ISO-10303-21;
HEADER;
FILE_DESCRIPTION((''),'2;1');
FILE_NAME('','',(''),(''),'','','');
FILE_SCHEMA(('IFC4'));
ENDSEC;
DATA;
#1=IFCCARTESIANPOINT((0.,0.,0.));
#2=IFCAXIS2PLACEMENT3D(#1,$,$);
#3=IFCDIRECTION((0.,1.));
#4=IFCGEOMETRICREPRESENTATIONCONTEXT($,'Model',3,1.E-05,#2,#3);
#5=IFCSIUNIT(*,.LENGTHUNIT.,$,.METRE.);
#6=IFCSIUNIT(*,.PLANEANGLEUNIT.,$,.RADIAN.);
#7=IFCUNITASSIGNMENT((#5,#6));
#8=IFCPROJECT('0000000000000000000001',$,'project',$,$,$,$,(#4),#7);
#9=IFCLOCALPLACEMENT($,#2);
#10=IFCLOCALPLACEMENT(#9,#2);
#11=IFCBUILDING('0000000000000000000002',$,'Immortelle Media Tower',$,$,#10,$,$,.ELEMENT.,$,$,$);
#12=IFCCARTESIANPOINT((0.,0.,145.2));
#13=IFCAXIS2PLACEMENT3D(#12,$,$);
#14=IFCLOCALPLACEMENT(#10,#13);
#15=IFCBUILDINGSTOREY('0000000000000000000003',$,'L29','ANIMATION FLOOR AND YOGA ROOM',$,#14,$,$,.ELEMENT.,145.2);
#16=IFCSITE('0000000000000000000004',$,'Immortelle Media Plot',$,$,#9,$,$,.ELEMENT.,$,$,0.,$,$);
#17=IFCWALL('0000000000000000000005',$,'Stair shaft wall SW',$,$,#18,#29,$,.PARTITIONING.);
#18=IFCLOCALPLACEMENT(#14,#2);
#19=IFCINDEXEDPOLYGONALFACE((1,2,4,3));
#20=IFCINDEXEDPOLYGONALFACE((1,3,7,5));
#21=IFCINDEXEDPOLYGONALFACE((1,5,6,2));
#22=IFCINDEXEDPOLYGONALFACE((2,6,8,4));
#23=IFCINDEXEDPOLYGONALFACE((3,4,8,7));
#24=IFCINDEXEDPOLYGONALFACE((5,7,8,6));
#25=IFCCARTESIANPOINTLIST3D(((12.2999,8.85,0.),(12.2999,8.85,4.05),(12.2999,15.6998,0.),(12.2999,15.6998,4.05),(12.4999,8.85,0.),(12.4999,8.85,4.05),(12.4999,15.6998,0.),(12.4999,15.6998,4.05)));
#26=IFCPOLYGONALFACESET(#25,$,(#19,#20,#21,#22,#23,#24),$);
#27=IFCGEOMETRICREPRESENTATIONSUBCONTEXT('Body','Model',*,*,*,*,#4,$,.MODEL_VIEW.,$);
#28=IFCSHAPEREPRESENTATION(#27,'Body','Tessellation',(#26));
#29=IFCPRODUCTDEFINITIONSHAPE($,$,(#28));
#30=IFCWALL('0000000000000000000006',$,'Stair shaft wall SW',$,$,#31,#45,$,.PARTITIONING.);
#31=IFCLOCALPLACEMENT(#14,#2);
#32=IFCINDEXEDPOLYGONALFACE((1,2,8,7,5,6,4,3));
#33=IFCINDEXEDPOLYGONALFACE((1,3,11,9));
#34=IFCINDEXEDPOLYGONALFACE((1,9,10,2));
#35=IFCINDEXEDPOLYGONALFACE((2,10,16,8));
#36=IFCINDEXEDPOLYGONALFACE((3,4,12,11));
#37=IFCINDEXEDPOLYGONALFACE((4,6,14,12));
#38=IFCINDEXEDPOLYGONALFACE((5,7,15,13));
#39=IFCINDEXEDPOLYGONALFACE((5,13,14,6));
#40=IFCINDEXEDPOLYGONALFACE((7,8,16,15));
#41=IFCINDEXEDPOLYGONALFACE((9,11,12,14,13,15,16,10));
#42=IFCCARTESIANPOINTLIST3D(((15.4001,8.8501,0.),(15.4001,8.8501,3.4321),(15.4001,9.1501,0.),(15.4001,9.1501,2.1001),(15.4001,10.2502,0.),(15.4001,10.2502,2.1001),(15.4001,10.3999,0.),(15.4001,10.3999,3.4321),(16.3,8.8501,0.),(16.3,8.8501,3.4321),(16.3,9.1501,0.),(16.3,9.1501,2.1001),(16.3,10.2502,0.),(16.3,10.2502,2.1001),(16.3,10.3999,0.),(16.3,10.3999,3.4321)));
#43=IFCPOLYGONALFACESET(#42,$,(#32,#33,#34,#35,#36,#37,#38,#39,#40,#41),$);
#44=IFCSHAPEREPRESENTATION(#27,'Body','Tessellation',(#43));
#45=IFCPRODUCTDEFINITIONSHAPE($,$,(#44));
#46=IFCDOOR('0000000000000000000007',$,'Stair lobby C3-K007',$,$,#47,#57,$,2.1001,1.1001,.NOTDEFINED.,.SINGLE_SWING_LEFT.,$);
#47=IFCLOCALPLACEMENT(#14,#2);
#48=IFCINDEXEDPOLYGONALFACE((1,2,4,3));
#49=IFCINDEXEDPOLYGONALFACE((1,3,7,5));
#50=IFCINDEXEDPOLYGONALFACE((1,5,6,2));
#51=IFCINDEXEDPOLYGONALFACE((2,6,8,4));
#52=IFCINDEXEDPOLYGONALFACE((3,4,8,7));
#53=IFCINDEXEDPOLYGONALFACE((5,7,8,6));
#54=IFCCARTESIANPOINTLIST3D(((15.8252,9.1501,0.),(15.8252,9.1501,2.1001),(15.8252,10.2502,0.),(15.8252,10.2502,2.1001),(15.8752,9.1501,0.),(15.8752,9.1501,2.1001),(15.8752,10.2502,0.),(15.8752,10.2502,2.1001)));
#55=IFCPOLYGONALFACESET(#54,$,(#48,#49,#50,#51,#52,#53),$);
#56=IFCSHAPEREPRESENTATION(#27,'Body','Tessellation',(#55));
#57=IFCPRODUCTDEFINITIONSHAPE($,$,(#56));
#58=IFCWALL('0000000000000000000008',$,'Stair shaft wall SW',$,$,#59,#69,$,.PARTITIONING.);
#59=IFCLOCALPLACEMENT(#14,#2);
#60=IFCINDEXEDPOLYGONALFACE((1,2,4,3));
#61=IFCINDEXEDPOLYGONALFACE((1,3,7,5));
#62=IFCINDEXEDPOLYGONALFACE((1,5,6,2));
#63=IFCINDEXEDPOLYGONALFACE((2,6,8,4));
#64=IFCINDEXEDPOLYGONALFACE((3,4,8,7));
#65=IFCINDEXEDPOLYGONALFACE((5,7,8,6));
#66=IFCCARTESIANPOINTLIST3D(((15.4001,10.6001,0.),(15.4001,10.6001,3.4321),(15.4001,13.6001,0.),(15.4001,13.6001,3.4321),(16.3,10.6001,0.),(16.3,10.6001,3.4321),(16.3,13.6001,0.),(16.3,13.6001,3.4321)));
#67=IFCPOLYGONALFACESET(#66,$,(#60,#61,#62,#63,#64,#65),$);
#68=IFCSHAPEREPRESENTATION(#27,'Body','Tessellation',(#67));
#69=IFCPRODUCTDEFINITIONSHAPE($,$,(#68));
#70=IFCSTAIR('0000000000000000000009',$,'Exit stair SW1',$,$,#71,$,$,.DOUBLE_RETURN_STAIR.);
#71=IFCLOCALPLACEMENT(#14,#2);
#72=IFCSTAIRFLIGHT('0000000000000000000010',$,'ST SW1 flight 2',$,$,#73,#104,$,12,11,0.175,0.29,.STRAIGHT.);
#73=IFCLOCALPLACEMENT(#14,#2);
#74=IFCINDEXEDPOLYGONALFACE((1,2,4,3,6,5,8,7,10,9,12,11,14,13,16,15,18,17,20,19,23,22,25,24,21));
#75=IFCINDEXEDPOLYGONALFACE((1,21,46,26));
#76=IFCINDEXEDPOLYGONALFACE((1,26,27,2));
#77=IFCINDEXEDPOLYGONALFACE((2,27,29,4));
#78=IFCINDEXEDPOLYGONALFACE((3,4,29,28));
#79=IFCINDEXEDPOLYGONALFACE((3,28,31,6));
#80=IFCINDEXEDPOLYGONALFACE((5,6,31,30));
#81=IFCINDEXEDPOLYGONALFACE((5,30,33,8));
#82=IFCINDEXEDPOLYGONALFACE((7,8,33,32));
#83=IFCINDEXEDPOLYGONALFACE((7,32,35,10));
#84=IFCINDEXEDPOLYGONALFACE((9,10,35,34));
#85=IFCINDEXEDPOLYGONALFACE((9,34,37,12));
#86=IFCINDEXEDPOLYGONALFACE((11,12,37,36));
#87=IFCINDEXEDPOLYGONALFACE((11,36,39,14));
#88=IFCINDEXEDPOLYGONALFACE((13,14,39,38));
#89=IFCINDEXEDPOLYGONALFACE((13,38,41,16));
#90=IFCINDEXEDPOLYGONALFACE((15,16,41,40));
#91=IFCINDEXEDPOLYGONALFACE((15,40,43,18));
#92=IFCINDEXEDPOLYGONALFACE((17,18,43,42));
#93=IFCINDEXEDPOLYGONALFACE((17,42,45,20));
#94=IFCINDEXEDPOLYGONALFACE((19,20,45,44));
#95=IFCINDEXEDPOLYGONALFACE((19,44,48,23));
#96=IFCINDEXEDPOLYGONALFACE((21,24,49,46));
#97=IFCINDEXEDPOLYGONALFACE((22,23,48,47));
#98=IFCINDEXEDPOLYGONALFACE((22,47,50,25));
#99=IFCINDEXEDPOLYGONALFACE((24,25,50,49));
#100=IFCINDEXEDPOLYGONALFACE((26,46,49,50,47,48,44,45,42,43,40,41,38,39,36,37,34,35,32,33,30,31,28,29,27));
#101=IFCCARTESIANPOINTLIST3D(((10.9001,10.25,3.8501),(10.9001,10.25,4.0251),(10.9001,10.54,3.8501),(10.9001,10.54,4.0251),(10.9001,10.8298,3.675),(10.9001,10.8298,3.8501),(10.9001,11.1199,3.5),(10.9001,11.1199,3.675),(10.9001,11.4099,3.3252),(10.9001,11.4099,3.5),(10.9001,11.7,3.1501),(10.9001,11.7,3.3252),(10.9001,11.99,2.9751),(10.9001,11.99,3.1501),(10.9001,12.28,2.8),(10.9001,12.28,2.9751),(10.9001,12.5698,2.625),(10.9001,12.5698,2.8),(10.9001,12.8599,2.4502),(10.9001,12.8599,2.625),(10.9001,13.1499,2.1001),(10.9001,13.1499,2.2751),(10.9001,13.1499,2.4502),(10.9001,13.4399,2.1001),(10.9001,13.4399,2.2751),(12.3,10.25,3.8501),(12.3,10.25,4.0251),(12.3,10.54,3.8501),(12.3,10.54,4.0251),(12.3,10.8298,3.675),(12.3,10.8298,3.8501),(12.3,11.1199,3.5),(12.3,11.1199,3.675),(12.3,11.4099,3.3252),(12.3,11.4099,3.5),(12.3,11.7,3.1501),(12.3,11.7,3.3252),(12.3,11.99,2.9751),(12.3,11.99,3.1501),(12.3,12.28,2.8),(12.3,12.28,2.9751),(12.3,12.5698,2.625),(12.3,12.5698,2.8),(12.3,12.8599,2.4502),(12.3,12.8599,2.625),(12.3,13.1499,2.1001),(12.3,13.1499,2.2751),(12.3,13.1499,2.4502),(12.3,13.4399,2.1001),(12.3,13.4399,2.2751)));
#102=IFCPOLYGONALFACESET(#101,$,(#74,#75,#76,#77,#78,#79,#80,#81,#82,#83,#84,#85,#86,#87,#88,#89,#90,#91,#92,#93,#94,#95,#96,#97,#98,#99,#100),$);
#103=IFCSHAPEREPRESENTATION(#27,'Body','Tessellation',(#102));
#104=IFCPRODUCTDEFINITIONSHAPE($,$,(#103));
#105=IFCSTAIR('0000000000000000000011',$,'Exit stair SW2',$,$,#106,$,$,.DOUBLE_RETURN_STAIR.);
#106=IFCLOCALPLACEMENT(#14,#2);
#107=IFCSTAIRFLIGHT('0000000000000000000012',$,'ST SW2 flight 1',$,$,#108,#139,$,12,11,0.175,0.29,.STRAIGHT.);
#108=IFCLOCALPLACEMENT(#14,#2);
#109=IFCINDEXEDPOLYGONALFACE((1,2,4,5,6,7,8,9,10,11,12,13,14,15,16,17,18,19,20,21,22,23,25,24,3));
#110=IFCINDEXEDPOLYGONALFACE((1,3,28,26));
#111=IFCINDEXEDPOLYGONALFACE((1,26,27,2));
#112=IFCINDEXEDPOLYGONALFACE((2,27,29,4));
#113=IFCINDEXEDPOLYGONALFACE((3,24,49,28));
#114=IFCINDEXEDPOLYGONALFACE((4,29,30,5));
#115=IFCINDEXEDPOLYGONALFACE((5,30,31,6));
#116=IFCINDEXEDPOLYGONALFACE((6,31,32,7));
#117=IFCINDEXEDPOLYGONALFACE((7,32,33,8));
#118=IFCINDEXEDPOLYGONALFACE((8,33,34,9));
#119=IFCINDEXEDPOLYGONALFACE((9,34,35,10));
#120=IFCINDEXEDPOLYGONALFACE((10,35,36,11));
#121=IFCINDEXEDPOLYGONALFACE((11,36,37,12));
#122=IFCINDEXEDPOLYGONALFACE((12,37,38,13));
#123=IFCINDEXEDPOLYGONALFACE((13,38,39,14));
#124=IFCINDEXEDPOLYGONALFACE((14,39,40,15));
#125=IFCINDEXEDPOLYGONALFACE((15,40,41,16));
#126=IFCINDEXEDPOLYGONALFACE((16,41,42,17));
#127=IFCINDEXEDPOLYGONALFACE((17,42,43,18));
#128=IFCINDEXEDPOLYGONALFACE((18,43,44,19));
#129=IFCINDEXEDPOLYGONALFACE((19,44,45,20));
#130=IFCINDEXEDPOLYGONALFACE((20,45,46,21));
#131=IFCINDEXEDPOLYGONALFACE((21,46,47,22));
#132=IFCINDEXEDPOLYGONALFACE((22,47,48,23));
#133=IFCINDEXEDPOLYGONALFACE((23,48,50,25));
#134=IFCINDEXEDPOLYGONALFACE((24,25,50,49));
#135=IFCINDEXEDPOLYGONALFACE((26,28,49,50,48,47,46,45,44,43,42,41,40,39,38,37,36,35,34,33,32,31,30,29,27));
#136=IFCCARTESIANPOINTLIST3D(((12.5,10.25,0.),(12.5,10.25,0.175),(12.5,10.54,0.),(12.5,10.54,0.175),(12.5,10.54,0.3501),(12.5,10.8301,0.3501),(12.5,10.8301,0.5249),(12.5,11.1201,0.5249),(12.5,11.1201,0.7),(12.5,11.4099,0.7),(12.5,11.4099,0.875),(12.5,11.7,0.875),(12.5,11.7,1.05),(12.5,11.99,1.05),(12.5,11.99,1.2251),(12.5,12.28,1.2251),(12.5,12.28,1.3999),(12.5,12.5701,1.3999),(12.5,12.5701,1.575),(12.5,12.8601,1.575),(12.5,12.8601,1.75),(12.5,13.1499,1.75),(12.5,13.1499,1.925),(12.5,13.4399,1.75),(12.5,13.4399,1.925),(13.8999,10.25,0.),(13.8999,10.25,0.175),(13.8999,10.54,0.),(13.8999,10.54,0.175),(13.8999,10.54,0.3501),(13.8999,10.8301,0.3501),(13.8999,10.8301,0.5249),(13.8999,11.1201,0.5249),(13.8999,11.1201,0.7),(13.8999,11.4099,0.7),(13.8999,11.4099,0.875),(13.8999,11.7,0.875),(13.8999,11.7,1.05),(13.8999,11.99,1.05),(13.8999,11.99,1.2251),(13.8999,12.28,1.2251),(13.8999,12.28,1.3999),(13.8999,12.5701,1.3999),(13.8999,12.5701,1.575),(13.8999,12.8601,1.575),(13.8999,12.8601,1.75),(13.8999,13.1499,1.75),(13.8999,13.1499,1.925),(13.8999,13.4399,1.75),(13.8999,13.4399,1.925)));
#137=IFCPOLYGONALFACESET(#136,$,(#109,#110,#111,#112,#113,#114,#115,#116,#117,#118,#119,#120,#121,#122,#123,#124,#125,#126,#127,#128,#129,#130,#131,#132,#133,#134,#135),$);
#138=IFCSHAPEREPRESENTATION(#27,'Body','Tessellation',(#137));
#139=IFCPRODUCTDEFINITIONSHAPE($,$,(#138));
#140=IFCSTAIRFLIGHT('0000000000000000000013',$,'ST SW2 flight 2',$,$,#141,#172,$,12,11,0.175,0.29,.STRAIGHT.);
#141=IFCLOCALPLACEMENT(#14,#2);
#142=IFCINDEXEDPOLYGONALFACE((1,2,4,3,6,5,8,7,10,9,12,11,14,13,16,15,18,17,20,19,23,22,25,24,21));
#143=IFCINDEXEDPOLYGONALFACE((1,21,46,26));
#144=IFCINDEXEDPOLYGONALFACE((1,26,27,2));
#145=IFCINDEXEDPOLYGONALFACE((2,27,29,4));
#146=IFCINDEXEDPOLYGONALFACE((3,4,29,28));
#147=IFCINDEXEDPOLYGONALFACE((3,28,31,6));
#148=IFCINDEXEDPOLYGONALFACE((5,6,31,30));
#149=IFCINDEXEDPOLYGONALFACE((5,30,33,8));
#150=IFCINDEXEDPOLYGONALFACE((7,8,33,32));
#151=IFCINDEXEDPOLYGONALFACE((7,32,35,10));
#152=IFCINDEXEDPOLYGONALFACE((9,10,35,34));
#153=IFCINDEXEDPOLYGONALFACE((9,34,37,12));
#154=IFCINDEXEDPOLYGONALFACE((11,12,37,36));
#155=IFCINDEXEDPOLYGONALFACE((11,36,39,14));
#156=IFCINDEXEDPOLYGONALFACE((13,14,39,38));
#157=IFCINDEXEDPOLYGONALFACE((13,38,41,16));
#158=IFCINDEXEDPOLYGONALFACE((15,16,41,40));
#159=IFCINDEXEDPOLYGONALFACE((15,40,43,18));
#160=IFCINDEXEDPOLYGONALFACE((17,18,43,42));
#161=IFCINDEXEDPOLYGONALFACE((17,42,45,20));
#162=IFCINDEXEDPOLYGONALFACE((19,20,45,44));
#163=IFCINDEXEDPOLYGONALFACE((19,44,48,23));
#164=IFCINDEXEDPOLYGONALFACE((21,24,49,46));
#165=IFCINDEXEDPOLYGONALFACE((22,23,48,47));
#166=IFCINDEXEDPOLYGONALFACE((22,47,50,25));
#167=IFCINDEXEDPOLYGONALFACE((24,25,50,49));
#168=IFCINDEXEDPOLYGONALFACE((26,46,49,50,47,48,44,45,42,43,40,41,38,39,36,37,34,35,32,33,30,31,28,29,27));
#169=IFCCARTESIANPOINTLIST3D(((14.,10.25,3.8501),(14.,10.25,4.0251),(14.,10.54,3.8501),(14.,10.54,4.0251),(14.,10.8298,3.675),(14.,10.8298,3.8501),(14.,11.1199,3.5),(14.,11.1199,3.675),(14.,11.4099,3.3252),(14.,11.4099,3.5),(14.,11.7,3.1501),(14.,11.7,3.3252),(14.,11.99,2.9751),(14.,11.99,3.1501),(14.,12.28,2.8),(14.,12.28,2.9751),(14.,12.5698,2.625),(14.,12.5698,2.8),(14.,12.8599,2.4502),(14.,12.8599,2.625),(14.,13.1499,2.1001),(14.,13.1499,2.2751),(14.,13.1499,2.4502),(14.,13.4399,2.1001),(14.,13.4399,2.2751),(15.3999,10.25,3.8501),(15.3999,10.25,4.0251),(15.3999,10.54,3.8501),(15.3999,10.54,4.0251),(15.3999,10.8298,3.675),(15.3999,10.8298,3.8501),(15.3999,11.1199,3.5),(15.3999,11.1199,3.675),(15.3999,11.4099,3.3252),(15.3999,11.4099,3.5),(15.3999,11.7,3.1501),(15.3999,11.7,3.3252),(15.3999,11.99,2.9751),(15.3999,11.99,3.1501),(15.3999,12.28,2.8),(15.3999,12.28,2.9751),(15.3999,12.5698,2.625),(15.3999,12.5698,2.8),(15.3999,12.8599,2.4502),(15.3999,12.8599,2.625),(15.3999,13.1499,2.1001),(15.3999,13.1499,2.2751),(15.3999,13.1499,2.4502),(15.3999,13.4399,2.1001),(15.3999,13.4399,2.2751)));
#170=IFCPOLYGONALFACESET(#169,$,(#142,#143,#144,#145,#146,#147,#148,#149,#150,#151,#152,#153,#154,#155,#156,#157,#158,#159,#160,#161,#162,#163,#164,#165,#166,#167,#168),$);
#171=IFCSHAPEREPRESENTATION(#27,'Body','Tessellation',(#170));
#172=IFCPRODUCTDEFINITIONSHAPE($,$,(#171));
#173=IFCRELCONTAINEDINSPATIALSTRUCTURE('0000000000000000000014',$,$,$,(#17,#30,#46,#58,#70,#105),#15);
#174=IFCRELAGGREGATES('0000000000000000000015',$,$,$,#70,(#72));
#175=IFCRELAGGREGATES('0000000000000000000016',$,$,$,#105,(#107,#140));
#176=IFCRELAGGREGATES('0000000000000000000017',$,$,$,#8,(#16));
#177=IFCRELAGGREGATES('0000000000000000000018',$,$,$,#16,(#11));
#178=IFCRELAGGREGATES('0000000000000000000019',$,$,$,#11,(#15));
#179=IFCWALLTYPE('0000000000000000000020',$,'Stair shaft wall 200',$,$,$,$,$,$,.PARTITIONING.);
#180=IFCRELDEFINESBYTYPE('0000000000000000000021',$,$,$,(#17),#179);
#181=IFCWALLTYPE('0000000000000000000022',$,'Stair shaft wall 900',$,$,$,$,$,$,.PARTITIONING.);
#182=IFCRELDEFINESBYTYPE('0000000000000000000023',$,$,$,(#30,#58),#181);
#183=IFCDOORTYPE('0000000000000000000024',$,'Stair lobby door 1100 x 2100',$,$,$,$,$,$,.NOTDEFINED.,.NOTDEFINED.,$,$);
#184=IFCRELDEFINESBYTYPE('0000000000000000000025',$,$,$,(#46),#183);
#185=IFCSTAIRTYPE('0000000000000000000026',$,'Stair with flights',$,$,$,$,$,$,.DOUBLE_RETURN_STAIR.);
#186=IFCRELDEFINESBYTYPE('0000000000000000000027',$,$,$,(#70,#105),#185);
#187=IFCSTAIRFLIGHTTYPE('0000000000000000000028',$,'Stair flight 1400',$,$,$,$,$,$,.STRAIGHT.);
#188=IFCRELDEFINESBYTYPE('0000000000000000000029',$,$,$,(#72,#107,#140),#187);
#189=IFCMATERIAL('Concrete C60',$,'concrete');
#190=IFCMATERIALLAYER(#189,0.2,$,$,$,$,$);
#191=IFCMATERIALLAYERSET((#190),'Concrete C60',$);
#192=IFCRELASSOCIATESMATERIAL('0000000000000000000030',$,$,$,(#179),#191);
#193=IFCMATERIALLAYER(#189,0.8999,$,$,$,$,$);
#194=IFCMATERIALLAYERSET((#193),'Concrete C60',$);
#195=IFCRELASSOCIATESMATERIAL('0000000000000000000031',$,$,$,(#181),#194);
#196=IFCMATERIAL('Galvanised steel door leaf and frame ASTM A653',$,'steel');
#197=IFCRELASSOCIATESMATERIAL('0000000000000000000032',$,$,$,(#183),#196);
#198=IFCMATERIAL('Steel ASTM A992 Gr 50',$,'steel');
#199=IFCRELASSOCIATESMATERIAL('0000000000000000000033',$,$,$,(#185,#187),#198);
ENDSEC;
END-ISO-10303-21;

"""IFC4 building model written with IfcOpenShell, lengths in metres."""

from ifc_helpers import new_model, si_unit, direction, frame, frame_2d, origin, place, context, subcontext, project, spatial, polyline, rectangle, outline, extrude, material, layer, layer_set, type_object, element, fill, aggregate, save


model = new_model("IFC4")

# Units and contexts
model_context = context("Model", 3, precision=1e-05, world=origin(), true_north=direction((0.0, 1.0)))
body_context = subcontext(model_context, "Body", "Model", "MODEL_VIEW")
ifc_project = project(units=[si_unit("LENGTHUNIT", "METRE"), si_unit("PLANEANGLEUNIT", "RADIAN")], contexts=[model_context])

# Site, building, storey
site_placement = place(None, origin())
site = spatial("IfcSite", under=ifc_project, at=site_placement, Name="Immortelle Media Plot", CompositionType="ELEMENT", RefElevation=0.0)
building_placement = place(site_placement, origin())
building = spatial("IfcBuilding", under=site, at=building_placement, Name="Immortelle Media Tower", CompositionType="ELEMENT")
storey_placement = place(building_placement, frame((0.0, 0.0, 145.2)))
storey = spatial("IfcBuildingStorey", under=building, at=storey_placement, Name="L29", Description="ANIMATION FLOOR AND YOGA ROOM", CompositionType="ELEMENT", Elevation=145.2)

# Shared definitions
ifc_material_1 = material(Name="Steel ASTM A992 Gr 50", Category="steel")

# Wall
ifc_material_2 = material(Name="Concrete C60", Category="concrete")
ifc_layer_1 = layer(ifc_material_2, 0.2)
ifc_layer_set_1 = layer_set([ifc_layer_1], Name="Concrete C60")
wall_type_1 = type_object("IfcWallType", Name="Stair shaft wall 200", PredefinedType="PARTITIONING", material=ifc_layer_set_1)
wall_1_placement = place(storey_placement, frame((12.3999, 8.8501, 0.0), z_axis=(0.0, 0.0, 1.0), x_axis=(0.0, 1.0, 0.0)))
element("IfcWall", 1, at=wall_1_placement, inside=storey, type_object=wall_type_1, Name="Stair shaft wall SW", PredefinedType="PARTITIONING", context=body_context, shape_type="SweptSolid", body=[
    extrude(rectangle(XDim=6.8499, YDim=0.2, at=frame_2d((3.4248, 0.0))), origin(), (0.0, 0.0, 1.0), 4.05),
])

# Wall, opening, door
ifc_layer_2 = layer(ifc_material_2, 0.8999)
ifc_layer_set_2 = layer_set([ifc_layer_2], Name="Concrete C60")
wall_type_2 = type_object("IfcWallType", Name="Stair shaft wall 900", PredefinedType="PARTITIONING", material=ifc_layer_set_2)
wall_2_placement = place(storey_placement, frame((15.8501, 8.8501, 0.0), z_axis=(0.0, 0.0, 1.0), x_axis=(0.0, 1.0, 0.0)))
wall_2 = element("IfcWall", 2, at=wall_2_placement, inside=storey, type_object=wall_type_2, Name="Stair shaft wall SW", PredefinedType="PARTITIONING", context=body_context, shape_type="SweptSolid", body=[
    extrude(rectangle(XDim=1.5498, YDim=0.8999, at=frame_2d((0.7749, 0.0))), origin(), (0.0, 0.0, 1.0), 3.4321),
])
opening_1_placement = place(wall_2_placement, frame((0.3, 0.0, 0.0)))
opening_1 = element("IfcOpeningElement", 3, at=opening_1_placement, cuts=wall_2, PredefinedType="OPENING", context=body_context, shape_type="SweptSolid", body=[
    extrude(rectangle(XDim=1.1001, YDim=2.1001, at=frame_2d((0.55, 1.05))), frame((0.0, 0.46, 0.0), z_axis=(0.0, -1.0, 0.0), x_axis=(1.0, 0.0, 0.0)), (0.0, 0.0, 1.0), 0.9199),
])
ifc_material_3 = material(Name="Galvanised steel door leaf and frame ASTM A653", Category="steel")
door_type_1 = type_object("IfcDoorType", Name="Stair lobby door 1100 x 2100", OperationType="NOTDEFINED", PredefinedType="NOTDEFINED", material=ifc_material_3)
door_1_placement = place(opening_1_placement, origin())
door_1 = element("IfcDoor", 4, at=door_1_placement, inside=storey, type_object=door_type_1, Name="Stair lobby C3-K007", OperationType="SINGLE_SWING_LEFT", OverallHeight=2.1001, OverallWidth=1.1001, PredefinedType="NOTDEFINED", context=body_context, shape_type="SweptSolid", body=[
    extrude(rectangle(XDim=1.1001, YDim=2.1001, at=frame_2d((0.55, 1.05))), frame((0.0, 0.0249, 0.0), z_axis=(0.0, -1.0, 0.0), x_axis=(1.0, 0.0, 0.0)), (0.0, 0.0, 1.0), 0.05),
])
fill(opening_1, door_1)

# Wall
wall_3_placement = place(storey_placement, frame((15.8501, 10.6001, 0.0), z_axis=(0.0, 0.0, 1.0), x_axis=(0.0, 1.0, 0.0)))
element("IfcWall", 5, at=wall_3_placement, inside=storey, type_object=wall_type_2, Name="Stair shaft wall SW", PredefinedType="PARTITIONING", context=body_context, shape_type="SweptSolid", body=[
    extrude(rectangle(XDim=3.0, YDim=0.8999, at=frame_2d((1.5, 0.0))), origin(), (0.0, 0.0, 1.0), 3.4321),
])

# Stair, stair flight
stair_type = type_object("IfcStairType", Name="Stair with flights", PredefinedType="DOUBLE_RETURN_STAIR", material=ifc_material_1)
stair_1_placement = place(storey_placement, origin())
stair_1 = element("IfcStair", 6, at=stair_1_placement, inside=storey, type_object=stair_type, Name="Exit stair SW1", PredefinedType="DOUBLE_RETURN_STAIR")
stair_flight_type = type_object("IfcStairFlightType", Name="Stair flight 1400", PredefinedType="STRAIGHT", material=ifc_material_1)
stair_flight_1_placement = place(storey_placement, frame((11.6001, 13.4399, 2.1001), z_axis=(0.0, 0.0, 1.0), x_axis=(0.0, -1.0, 0.0)))
stair_flight_1 = element("IfcStairFlight", 7, at=stair_flight_1_placement, type_object=stair_flight_type, Name="ST SW1 flight 2", NumberOfRisers=12, NumberOfTreads=11, PredefinedType="STRAIGHT", RiserHeight=0.175, TreadLength=0.29, context=body_context, shape_type="SweptSolid", body=[
    extrude(outline(polyline([(0.0, 0.0), (0.0, 0.175), (0.29, 0.175), (0.29, 0.3501), (0.5801, 0.3501), (0.5801, 0.5249), (0.8701, 0.5249), (0.8701, 0.7), (1.1599, 0.7), (1.1599, 0.875), (1.45, 0.875), (1.45, 1.05), (1.74, 1.05), (1.74, 1.2251), (2.03, 1.2251), (2.03, 1.3999), (2.3201, 1.3999), (2.3201, 1.575), (2.6101, 1.575), (2.6101, 1.75), (2.8999, 1.75), (2.8999, 1.925), (3.1899, 1.925), (3.1899, 2.1001), (3.1899, 1.75), (0.29, 0.0), (0.0, 0.0)])), frame((0.0, 0.7, 0.0), z_axis=(0.0, -1.0, 0.0), x_axis=(1.0, 0.0, 0.0)), (0.0, 0.0, 1.0), 1.3999),
])
aggregate(stair_1, [stair_flight_1])

# Stair, stair flights
stair_2_placement = place(storey_placement, origin())
stair_2 = element("IfcStair", 8, at=stair_2_placement, inside=storey, type_object=stair_type, Name="Exit stair SW2", PredefinedType="DOUBLE_RETURN_STAIR")
stair_flight_2_placement = place(storey_placement, frame((13.2, 10.25, 0.0), z_axis=(0.0, 0.0, 1.0), x_axis=(0.0, 1.0, 0.0)))
stair_flight_2 = element("IfcStairFlight", 9, at=stair_flight_2_placement, type_object=stair_flight_type, Name="ST SW2 flight 1", NumberOfRisers=12, NumberOfTreads=11, PredefinedType="STRAIGHT", RiserHeight=0.175, TreadLength=0.29, context=body_context, shape_type="SweptSolid", body=[
    extrude(outline(polyline([(0.0, 0.0), (0.0, 0.175), (0.29, 0.175), (0.29, 0.3501), (0.5801, 0.3501), (0.5801, 0.5249), (0.8701, 0.5249), (0.8701, 0.7), (1.1599, 0.7), (1.1599, 0.875), (1.45, 0.875), (1.45, 1.05), (1.74, 1.05), (1.74, 1.2251), (2.03, 1.2251), (2.03, 1.3999), (2.3201, 1.3999), (2.3201, 1.575), (2.6101, 1.575), (2.6101, 1.75), (2.8999, 1.75), (2.8999, 1.925), (3.1899, 1.925), (3.1899, 2.1001), (3.1899, 1.75), (0.29, 0.0), (0.0, 0.0)])), frame((0.0, 0.7, 0.0), z_axis=(0.0, -1.0, 0.0), x_axis=(1.0, 0.0, 0.0)), (0.0, 0.0, 1.0), 1.3999),
])
stair_flight_3_placement = place(storey_placement, frame((14.7, 13.4399, 2.1001), z_axis=(0.0, 0.0, 1.0), x_axis=(0.0, -1.0, 0.0)))
stair_flight_3 = element("IfcStairFlight", 10, at=stair_flight_3_placement, type_object=stair_flight_type, Name="ST SW2 flight 2", NumberOfRisers=12, NumberOfTreads=11, PredefinedType="STRAIGHT", RiserHeight=0.175, TreadLength=0.29, context=body_context, shape_type="SweptSolid", body=[
    extrude(outline(polyline([(0.0, 0.0), (0.0, 0.175), (0.29, 0.175), (0.29, 0.3501), (0.5801, 0.3501), (0.5801, 0.5249), (0.8701, 0.5249), (0.8701, 0.7), (1.1599, 0.7), (1.1599, 0.875), (1.45, 0.875), (1.45, 1.05), (1.74, 1.05), (1.74, 1.2251), (2.03, 1.2251), (2.03, 1.3999), (2.3201, 1.3999), (2.3201, 1.575), (2.6101, 1.575), (2.6101, 1.75), (2.8999, 1.75), (2.8999, 1.925), (3.1899, 1.925), (3.1899, 2.1001), (3.1899, 1.75), (0.29, 0.0), (0.0, 0.0)])), frame((0.0, 0.7, 0.0), z_axis=(0.0, -1.0, 0.0), x_axis=(1.0, 0.0, 0.0)), (0.0, 0.0, 1.0), 1.3999),
])
aggregate(stair_2, [stair_flight_2, stair_flight_3])

save(model, "model.ifc")
